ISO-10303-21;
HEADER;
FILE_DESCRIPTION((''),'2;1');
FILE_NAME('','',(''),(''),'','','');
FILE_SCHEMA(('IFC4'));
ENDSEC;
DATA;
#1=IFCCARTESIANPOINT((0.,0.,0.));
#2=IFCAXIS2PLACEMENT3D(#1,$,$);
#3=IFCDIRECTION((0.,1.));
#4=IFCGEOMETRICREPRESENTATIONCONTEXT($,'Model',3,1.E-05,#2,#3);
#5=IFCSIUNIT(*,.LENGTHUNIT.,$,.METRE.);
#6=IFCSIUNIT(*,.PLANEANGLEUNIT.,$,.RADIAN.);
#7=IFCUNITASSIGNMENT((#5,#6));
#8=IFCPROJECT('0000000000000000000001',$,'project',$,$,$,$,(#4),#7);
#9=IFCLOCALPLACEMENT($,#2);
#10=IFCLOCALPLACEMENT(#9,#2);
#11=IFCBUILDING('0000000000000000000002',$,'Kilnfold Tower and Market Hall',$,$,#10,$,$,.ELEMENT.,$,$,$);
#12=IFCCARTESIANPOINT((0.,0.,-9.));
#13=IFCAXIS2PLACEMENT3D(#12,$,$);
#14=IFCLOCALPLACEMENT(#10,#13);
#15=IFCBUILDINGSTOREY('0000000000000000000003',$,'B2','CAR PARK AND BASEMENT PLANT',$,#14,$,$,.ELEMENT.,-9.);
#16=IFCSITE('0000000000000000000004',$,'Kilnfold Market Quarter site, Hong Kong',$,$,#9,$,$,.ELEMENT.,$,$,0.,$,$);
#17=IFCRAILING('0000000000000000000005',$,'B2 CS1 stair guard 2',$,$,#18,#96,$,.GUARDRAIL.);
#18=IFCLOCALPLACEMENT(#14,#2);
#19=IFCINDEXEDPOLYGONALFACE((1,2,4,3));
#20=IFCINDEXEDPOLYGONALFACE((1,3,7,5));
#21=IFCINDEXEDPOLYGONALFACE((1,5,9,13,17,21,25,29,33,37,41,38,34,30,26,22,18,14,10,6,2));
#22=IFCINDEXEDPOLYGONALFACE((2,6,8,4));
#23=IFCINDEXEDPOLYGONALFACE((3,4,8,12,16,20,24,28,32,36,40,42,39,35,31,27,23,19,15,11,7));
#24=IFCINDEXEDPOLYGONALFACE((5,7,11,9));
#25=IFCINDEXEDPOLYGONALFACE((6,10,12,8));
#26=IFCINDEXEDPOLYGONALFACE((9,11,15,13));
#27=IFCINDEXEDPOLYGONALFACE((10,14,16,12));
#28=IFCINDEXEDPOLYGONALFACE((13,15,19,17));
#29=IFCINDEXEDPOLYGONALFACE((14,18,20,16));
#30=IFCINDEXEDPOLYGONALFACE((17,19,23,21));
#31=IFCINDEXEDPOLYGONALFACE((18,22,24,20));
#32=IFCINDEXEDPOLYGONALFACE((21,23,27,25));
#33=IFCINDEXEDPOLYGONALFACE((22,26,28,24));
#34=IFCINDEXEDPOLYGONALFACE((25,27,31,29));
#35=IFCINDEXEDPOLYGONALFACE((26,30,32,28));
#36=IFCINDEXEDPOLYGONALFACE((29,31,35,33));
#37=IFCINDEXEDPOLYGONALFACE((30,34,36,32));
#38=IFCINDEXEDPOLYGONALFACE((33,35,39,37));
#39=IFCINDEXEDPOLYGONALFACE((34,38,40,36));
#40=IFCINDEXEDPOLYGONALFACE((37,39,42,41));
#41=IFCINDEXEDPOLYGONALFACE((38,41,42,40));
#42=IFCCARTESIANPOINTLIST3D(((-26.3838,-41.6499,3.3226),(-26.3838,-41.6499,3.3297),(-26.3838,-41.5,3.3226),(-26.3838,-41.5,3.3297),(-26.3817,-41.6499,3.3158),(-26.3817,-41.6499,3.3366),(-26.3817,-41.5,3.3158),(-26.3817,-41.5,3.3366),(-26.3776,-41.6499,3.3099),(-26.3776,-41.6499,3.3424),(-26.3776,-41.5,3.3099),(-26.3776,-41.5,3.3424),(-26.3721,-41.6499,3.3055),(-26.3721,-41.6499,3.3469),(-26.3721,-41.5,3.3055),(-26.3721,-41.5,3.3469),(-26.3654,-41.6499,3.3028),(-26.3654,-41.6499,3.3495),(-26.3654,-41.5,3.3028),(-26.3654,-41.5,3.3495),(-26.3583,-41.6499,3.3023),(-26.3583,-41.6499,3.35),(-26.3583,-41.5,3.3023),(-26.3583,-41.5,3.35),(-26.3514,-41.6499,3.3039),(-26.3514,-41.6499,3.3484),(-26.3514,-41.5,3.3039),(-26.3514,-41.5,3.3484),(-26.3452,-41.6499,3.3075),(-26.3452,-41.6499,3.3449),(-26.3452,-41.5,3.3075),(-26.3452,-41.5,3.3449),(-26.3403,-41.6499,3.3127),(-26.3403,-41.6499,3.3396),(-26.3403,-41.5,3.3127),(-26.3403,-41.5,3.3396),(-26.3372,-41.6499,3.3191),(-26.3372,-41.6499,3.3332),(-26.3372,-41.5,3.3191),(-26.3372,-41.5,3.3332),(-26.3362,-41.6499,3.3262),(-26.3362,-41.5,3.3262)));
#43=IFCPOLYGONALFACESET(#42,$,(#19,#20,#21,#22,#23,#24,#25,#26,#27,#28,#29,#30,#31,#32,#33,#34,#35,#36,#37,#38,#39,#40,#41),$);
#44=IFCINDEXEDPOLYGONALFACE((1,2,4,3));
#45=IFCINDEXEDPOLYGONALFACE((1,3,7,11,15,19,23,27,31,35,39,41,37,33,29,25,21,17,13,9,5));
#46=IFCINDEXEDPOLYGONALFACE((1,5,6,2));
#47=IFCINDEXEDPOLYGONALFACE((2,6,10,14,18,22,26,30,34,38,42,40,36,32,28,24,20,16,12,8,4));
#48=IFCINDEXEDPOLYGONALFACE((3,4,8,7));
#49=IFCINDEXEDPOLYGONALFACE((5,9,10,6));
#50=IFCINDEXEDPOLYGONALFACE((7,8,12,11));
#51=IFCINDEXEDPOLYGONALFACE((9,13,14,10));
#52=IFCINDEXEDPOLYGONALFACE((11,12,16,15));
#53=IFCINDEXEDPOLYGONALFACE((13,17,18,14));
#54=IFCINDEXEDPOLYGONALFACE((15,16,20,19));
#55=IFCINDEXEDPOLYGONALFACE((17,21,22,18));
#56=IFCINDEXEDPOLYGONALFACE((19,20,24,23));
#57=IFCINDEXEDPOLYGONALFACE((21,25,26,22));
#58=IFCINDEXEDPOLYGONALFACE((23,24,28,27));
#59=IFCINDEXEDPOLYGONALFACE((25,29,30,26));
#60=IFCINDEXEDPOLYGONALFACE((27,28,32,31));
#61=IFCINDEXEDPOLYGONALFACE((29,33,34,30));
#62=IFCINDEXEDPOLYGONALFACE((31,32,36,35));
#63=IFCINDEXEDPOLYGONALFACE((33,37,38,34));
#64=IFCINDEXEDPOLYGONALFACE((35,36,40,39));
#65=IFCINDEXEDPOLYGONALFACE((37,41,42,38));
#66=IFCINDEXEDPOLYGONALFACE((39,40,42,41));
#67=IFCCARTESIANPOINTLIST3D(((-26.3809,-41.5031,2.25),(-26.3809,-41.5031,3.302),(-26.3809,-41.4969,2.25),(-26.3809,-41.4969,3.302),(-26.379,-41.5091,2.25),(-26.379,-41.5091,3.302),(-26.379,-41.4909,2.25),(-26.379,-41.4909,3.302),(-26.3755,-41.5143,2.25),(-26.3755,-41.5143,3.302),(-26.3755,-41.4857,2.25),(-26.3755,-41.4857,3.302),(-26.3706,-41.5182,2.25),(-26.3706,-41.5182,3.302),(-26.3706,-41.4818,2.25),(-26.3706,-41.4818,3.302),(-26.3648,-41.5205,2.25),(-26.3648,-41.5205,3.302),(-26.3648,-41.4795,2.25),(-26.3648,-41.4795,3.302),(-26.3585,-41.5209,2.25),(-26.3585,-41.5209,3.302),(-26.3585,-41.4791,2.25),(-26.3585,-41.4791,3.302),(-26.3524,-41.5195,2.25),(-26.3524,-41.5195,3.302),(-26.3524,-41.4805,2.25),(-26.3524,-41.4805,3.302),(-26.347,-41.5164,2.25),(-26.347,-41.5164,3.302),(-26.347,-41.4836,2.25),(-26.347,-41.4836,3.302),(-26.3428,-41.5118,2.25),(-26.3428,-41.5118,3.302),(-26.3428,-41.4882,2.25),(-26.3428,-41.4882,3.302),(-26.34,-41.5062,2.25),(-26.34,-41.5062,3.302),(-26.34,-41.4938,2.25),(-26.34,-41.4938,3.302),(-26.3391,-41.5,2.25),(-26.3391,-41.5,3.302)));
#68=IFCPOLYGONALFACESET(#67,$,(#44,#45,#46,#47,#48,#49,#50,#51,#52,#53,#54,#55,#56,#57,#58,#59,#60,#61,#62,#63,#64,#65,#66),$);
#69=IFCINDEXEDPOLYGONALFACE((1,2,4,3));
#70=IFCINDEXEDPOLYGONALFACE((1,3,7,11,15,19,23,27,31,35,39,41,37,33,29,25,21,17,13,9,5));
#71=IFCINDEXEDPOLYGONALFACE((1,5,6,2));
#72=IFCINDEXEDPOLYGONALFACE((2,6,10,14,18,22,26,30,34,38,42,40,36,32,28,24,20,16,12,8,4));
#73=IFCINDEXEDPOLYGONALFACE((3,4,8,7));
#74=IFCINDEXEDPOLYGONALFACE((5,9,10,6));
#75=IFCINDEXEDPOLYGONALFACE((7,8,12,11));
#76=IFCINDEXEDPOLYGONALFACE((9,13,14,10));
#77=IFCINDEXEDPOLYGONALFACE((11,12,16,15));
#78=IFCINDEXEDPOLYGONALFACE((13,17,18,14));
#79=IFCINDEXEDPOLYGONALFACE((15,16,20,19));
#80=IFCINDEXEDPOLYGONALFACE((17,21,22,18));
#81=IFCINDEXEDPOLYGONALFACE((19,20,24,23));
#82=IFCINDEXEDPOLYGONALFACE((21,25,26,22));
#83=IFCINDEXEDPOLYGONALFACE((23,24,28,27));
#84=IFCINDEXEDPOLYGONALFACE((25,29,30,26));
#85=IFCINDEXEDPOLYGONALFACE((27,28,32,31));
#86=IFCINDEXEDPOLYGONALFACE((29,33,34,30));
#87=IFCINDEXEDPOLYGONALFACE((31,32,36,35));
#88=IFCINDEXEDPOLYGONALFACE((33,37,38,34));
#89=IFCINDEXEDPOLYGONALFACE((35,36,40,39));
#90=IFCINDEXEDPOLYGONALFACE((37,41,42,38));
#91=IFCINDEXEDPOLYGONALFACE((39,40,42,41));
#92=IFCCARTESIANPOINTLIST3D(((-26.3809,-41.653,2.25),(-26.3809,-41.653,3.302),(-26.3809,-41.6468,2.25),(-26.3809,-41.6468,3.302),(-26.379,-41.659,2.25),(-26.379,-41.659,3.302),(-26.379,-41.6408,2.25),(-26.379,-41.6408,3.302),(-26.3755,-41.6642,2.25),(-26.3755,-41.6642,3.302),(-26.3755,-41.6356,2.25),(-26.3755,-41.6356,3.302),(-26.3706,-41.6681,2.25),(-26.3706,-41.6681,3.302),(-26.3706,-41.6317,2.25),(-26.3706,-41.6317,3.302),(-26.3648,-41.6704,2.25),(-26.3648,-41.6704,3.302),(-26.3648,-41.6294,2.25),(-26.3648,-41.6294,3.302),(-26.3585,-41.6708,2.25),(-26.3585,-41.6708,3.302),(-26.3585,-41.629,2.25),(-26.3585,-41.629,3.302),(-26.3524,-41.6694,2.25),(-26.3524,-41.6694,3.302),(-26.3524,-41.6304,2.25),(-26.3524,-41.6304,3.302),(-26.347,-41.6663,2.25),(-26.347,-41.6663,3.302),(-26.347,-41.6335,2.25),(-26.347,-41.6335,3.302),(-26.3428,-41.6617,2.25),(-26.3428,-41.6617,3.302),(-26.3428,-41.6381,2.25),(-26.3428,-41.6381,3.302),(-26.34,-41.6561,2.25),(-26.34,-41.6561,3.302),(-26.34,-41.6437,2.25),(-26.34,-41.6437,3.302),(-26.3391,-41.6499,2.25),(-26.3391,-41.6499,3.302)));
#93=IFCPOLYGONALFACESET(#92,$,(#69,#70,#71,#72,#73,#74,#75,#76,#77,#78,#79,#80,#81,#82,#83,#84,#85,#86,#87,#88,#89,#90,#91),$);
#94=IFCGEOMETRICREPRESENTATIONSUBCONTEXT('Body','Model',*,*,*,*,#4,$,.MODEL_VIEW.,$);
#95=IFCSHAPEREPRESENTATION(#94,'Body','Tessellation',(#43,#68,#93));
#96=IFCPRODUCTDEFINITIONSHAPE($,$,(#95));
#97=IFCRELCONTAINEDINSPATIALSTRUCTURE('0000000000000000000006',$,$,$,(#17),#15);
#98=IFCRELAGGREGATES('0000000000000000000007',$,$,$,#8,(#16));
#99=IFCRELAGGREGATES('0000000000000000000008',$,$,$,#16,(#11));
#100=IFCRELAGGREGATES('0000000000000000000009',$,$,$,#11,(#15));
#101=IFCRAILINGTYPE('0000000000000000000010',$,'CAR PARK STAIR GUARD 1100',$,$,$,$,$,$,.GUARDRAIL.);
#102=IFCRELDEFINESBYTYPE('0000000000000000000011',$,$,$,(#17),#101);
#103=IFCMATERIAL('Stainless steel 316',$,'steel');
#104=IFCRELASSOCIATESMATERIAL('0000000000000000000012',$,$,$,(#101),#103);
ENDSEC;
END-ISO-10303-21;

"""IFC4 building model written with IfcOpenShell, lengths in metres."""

from ifc_helpers import new_model, si_unit, direction, frame, origin, origin_2d, place, context, subcontext, project, spatial, circle, extrude, material, type_object, element, save


model = new_model("IFC4")

# Units and contexts
model_context = context("Model", 3, precision=1e-05, world=origin(), true_north=direction((0.0, 1.0)))
body_context = subcontext(model_context, "Body", "Model", "MODEL_VIEW")
ifc_project = project(units=[si_unit("LENGTHUNIT", "METRE"), si_unit("PLANEANGLEUNIT", "RADIAN")], contexts=[model_context])

# Site, building, storey
site_placement = place(None, origin())
site = spatial("IfcSite", under=ifc_project, at=site_placement, Name="Kilnfold Market Quarter site, Hong Kong", CompositionType="ELEMENT", RefElevation=0.0)
building_placement = place(site_placement, origin())
building = spatial("IfcBuilding", under=site, at=building_placement, Name="Kilnfold Tower and Market Hall", CompositionType="ELEMENT")
storey_placement = place(building_placement, frame((0.0, 0.0, -9.0)))
storey = spatial("IfcBuildingStorey", under=building, at=storey_placement, Name="B2", Description="CAR PARK AND BASEMENT PLANT", CompositionType="ELEMENT", Elevation=-9.0)

# Railing
ifc_material_1 = material(Name="Stainless steel 316", Category="steel")
railing_type_1 = type_object("IfcRailingType", Name="CAR PARK STAIR GUARD 1100", PredefinedType="GUARDRAIL", material=ifc_material_1)
railing_1_placement = place(storey_placement, frame((-26.3601, -41.5, 2.25)))
element("IfcRailing", 1, at=railing_1_placement, inside=storey, type_object=railing_type_1, Name="B2 CS1 stair guard 2", PredefinedType="GUARDRAIL", context=body_context, shape_type="SweptSolid", body=[
    extrude(circle(Radius=0.0239, at=origin_2d()), frame((0.0, 0.0, 1.0762), z_axis=(0.0, -1.0, 0.0), x_axis=(1.0, 0.0, 0.0)), (0.0, 0.0, 1.0), 0.1499),
    extrude(circle(Radius=0.021, at=origin_2d()), origin(), (0.0, 0.0, 1.0), 1.052),
    extrude(circle(Radius=0.021, at=origin_2d()), frame((0.0, -0.1499, 0.0)), (0.0, 0.0, 1.0), 1.052),
])

save(model, "model.ifc")
